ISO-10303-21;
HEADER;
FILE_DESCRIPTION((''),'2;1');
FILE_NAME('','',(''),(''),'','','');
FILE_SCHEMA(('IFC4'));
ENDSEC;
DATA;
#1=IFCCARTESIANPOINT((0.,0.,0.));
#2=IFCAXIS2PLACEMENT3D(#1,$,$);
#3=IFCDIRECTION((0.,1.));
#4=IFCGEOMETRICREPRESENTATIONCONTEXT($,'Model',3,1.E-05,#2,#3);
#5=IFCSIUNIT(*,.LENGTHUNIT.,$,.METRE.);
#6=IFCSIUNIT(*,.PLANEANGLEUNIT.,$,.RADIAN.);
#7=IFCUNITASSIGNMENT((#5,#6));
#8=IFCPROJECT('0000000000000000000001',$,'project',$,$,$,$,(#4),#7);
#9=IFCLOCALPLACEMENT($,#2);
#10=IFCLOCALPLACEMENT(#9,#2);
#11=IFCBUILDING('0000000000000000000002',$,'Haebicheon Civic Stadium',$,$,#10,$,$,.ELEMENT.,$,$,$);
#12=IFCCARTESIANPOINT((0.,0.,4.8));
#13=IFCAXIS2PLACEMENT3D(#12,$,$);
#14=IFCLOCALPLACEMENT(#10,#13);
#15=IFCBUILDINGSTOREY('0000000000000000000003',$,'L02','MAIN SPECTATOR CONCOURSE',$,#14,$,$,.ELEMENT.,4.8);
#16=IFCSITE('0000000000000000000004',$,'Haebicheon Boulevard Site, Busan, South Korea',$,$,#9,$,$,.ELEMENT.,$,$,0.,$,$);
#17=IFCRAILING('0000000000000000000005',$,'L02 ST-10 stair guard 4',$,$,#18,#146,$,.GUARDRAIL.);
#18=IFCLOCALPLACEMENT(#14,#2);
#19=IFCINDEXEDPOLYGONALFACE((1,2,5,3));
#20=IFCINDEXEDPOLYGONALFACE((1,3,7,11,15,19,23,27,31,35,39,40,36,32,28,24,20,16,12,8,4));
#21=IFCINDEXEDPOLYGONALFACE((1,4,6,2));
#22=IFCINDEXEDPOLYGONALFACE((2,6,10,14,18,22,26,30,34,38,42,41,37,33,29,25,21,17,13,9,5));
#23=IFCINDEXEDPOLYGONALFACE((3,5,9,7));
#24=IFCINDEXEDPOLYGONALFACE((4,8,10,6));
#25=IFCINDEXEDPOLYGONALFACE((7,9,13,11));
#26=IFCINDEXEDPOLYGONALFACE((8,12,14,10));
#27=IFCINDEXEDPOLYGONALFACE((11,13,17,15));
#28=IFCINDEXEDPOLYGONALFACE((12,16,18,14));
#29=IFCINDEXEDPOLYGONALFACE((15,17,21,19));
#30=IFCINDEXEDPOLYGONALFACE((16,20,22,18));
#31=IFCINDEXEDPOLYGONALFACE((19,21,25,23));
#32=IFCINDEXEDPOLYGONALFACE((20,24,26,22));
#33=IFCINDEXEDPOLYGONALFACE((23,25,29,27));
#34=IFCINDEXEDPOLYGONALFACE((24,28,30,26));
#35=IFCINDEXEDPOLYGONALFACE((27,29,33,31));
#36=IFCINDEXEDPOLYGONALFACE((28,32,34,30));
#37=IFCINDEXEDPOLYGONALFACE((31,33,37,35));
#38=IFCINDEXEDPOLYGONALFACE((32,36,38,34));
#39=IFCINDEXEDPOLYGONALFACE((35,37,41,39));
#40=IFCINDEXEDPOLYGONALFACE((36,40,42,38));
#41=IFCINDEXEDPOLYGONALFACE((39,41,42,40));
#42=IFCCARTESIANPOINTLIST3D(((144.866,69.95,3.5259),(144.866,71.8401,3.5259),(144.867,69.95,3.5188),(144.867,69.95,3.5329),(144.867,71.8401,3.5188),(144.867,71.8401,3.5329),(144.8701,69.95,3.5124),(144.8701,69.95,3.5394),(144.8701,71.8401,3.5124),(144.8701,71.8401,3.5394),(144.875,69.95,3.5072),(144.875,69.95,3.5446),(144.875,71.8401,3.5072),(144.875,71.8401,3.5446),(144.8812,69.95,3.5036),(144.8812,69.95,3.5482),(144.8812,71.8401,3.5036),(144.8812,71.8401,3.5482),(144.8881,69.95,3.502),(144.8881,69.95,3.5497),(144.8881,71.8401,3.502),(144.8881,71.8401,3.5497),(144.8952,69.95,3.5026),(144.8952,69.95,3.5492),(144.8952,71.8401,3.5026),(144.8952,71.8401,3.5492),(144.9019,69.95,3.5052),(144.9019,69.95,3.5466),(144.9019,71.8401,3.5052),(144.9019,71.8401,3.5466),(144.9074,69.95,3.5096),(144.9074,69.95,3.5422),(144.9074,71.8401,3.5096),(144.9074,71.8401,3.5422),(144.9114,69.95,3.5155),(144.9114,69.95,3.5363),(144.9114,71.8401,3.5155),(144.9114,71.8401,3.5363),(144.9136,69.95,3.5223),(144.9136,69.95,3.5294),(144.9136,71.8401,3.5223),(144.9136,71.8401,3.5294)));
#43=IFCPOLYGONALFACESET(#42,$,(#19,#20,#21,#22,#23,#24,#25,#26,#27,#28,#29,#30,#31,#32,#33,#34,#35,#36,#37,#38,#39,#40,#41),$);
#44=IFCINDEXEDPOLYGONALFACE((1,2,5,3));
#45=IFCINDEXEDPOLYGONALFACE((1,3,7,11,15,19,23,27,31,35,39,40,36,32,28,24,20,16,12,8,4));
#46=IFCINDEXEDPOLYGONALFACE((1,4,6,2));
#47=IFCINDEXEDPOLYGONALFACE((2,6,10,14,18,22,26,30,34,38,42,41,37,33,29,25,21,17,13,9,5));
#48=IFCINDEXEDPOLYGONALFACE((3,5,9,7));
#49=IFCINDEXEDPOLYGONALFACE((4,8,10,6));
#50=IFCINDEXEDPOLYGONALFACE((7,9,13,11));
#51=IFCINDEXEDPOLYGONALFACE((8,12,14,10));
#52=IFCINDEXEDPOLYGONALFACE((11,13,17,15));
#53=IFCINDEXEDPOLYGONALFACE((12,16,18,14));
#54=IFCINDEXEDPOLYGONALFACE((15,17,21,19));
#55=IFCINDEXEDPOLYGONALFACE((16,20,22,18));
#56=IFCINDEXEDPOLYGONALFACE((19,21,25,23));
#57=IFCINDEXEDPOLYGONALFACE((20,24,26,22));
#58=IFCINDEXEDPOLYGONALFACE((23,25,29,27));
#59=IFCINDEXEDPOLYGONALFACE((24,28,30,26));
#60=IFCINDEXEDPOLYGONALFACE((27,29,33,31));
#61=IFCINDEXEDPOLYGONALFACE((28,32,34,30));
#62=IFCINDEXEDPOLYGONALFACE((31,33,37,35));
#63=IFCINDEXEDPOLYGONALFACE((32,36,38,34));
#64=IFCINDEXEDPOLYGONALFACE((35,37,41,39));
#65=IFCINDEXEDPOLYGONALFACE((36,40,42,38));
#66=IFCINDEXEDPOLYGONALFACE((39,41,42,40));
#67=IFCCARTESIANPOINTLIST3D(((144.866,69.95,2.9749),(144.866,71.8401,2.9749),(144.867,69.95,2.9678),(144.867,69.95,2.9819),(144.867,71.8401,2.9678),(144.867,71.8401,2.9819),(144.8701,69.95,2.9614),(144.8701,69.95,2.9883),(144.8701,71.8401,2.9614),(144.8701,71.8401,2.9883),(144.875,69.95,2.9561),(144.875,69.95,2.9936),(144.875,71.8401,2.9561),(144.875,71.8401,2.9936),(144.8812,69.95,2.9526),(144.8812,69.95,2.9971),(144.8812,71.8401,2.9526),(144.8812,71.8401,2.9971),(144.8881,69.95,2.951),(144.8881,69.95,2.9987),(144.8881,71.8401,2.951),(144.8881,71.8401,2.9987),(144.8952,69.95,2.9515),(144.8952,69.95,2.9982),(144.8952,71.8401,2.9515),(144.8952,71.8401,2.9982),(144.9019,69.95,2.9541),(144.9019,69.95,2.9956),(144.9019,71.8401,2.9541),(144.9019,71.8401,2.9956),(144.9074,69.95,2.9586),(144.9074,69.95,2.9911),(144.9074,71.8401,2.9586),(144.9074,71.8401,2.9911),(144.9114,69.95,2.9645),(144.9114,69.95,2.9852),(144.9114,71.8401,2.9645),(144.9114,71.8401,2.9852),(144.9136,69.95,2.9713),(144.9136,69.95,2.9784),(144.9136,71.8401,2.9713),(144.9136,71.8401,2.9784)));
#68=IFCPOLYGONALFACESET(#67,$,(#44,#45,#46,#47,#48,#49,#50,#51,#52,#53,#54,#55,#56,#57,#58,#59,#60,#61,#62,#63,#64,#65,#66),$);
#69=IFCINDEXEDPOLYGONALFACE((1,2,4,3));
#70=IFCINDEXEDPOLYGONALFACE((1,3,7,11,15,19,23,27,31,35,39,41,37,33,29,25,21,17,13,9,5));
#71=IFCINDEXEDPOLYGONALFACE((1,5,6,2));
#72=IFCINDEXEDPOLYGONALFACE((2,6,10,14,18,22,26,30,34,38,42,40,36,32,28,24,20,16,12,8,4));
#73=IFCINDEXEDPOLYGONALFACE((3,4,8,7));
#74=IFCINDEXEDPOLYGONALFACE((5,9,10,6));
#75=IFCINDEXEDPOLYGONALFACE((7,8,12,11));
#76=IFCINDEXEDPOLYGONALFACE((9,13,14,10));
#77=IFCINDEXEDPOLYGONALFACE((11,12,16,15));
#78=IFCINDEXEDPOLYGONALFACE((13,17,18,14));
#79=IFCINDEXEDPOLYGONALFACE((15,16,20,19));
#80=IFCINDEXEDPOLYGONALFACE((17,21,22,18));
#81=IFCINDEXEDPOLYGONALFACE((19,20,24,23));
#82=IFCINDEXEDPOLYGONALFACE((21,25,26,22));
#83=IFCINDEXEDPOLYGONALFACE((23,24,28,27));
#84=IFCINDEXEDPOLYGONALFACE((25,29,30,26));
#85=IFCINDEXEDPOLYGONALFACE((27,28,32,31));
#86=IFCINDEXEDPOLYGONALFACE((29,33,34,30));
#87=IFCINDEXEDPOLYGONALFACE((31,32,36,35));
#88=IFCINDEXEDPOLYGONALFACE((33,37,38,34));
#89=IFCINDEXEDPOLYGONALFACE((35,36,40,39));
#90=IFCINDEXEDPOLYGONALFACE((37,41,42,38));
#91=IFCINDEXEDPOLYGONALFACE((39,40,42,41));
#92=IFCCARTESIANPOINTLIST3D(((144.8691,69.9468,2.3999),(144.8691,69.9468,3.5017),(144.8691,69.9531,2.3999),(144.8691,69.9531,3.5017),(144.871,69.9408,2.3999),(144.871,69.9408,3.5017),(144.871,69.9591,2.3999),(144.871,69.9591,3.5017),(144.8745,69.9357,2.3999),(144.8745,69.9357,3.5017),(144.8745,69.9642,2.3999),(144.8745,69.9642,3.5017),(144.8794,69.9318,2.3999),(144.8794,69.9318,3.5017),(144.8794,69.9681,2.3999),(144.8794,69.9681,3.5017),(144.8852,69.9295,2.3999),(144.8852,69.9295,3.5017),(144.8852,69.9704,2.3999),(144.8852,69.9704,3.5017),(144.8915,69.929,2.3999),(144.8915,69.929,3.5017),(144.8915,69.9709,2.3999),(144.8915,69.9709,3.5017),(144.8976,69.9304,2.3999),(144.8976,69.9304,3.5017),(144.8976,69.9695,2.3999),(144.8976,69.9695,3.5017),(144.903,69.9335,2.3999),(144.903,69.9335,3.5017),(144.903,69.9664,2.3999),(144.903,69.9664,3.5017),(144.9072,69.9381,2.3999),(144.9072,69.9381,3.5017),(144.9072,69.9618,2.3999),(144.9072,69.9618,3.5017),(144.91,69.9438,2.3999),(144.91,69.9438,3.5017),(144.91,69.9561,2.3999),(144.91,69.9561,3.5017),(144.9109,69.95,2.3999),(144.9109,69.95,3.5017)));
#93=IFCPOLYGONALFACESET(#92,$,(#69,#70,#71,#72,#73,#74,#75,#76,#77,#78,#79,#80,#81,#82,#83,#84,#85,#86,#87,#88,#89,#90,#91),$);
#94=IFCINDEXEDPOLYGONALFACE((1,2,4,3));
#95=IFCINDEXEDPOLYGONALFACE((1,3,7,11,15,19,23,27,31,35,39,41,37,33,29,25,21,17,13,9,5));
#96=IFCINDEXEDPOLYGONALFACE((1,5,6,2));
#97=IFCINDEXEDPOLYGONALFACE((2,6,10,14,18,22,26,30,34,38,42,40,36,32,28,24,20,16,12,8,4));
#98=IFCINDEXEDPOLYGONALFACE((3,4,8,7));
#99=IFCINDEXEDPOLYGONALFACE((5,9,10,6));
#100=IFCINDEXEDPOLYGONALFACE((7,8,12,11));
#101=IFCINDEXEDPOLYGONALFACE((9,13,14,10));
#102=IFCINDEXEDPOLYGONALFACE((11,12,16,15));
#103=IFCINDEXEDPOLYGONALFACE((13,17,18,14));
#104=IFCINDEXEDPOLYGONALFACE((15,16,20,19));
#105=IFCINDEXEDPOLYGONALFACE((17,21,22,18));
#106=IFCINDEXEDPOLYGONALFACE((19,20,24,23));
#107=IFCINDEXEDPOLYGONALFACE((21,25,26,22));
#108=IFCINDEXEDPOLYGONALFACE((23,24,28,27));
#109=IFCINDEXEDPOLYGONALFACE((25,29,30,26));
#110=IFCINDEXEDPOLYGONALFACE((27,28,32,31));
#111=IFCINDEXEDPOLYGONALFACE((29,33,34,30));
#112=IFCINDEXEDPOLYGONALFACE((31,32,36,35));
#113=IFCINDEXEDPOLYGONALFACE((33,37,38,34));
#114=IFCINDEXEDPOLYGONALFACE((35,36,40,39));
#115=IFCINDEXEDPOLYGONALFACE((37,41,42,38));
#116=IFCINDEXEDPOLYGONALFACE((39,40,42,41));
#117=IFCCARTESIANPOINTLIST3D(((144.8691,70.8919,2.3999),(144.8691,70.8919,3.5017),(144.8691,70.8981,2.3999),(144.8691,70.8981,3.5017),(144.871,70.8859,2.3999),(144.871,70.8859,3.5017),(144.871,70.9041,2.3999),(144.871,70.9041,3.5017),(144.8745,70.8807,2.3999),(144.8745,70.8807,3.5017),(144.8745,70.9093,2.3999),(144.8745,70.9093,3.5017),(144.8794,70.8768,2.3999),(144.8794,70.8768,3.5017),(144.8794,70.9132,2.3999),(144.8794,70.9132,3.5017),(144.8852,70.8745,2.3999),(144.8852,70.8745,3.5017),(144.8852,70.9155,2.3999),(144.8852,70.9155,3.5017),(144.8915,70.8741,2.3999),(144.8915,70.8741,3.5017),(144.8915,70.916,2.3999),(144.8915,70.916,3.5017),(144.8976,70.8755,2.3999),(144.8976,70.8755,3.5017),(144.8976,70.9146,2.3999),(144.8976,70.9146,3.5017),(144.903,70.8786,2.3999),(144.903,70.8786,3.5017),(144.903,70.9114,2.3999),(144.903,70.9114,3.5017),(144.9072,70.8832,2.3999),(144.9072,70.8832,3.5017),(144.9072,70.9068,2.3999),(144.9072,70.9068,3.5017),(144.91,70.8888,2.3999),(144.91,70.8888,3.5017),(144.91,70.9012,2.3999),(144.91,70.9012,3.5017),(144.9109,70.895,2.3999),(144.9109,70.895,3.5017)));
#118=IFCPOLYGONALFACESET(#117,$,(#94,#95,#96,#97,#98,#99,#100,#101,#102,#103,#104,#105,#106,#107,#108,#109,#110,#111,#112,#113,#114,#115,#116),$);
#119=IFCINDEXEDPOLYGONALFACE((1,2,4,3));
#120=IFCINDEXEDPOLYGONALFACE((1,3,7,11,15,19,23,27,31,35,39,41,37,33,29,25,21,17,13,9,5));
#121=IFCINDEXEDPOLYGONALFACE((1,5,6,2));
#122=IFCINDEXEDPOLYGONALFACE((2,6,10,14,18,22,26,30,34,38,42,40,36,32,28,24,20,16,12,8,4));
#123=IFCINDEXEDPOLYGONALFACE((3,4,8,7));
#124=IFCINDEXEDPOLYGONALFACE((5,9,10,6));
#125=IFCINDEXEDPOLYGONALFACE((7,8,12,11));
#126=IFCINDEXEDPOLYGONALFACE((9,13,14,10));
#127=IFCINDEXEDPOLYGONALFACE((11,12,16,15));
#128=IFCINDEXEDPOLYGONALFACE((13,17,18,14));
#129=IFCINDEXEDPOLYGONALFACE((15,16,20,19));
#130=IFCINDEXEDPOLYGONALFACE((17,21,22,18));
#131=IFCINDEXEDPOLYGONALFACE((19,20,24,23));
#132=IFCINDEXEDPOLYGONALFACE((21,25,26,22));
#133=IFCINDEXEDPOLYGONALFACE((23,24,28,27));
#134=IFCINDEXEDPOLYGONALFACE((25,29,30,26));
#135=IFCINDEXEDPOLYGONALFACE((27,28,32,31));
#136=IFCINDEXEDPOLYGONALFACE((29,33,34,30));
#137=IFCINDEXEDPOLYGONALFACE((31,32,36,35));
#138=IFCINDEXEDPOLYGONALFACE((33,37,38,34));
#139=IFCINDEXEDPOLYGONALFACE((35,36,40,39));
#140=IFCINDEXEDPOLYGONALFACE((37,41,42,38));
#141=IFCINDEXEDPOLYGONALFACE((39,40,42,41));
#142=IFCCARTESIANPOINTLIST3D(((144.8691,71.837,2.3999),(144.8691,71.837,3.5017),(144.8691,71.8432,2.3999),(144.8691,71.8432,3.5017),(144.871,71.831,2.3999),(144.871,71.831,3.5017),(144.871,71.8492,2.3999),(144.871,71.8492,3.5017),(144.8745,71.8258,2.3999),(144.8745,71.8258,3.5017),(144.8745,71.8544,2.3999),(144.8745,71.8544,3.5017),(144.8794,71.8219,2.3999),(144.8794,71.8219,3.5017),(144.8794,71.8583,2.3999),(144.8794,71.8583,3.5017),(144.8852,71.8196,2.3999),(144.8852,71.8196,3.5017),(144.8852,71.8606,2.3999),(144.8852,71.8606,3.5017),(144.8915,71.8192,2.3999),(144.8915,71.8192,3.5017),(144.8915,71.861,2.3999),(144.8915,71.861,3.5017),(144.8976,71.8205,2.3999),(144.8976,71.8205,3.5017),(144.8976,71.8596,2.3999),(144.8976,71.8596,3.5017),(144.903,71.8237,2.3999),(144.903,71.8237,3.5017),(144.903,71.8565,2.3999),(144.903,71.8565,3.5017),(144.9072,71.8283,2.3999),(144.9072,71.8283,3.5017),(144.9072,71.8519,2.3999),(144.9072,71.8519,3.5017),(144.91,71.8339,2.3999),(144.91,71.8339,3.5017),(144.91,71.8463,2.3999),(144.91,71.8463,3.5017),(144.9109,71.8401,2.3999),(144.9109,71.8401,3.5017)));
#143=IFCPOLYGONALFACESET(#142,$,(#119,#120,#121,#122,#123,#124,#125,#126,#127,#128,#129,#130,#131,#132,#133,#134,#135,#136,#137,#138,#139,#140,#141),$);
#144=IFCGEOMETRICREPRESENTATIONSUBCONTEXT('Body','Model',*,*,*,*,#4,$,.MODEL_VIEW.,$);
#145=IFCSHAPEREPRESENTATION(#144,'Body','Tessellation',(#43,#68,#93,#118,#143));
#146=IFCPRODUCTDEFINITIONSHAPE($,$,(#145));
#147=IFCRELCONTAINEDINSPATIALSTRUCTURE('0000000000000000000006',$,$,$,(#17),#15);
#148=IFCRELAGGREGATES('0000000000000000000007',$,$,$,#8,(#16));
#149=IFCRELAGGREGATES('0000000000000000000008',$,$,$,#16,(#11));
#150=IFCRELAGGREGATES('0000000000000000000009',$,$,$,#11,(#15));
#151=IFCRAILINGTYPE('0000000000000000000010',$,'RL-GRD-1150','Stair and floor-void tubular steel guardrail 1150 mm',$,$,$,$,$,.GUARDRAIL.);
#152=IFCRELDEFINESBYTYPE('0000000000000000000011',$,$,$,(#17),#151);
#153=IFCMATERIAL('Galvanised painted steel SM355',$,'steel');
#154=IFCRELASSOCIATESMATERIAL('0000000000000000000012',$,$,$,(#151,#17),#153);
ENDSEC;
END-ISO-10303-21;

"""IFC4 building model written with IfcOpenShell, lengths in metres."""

from ifc_helpers import new_model, si_unit, direction, frame, origin, origin_2d, place, context, subcontext, project, spatial, circle, extrude, material, type_object, element, save


model = new_model("IFC4")

# Units and contexts
model_context = context("Model", 3, precision=1e-05, world=origin(), true_north=direction((0.0, 1.0)))
body_context = subcontext(model_context, "Body", "Model", "MODEL_VIEW")
ifc_project = project(units=[si_unit("LENGTHUNIT", "METRE"), si_unit("PLANEANGLEUNIT", "RADIAN")], contexts=[model_context])

# Site, building, storey
site_placement = place(None, origin())
site = spatial("IfcSite", under=ifc_project, at=site_placement, Name="Haebicheon Boulevard Site, Busan, South Korea", CompositionType="ELEMENT", RefElevation=0.0)
building_placement = place(site_placement, origin())
building = spatial("IfcBuilding", under=site, at=building_placement, Name="Haebicheon Civic Stadium", CompositionType="ELEMENT")
storey_placement = place(building_placement, frame((0.0, 0.0, 4.8)))
storey = spatial("IfcBuildingStorey", under=building, at=storey_placement, Name="L02", Description="MAIN SPECTATOR CONCOURSE", CompositionType="ELEMENT", Elevation=4.8)

# Railing
ifc_material_1 = material(Name="Galvanised painted steel SM355", Category="steel")
railing_type_1 = type_object("IfcRailingType", Name="RL-GRD-1150", Description="Stair and floor-void tubular steel guardrail 1150 mm", PredefinedType="GUARDRAIL", material=ifc_material_1)
railing_1_placement = place(storey_placement, frame((144.8899, 69.95, 2.3999)))
element("IfcRailing", 1, at=railing_1_placement, inside=storey, type_object=railing_type_1, material=ifc_material_1, Name="L02 ST-10 stair guard 4", PredefinedType="GUARDRAIL", context=body_context, shape_type="SweptSolid", body=[
    extrude(circle(Radius=0.0239, at=origin_2d()), frame((0.0, 0.0, 1.126), z_axis=(0.0, 1.0, 0.0), x_axis=(-1.0, 0.0, 0.0)), (0.0, 0.0, 1.0), 1.8901),
    extrude(circle(Radius=0.0239, at=origin_2d()), frame((0.0, 0.0, 0.575), z_axis=(0.0, 1.0, 0.0), x_axis=(-1.0, 0.0, 0.0)), (0.0, 0.0, 1.0), 1.8901),
    extrude(circle(Radius=0.021, at=origin_2d()), origin(), (0.0, 0.0, 1.0), 1.1018),
    extrude(circle(Radius=0.021, at=origin_2d()), frame((0.0, 0.9451, 0.0)), (0.0, 0.0, 1.0), 1.1018),
    extrude(circle(Radius=0.021, at=origin_2d()), frame((0.0, 1.8901, 0.0)), (0.0, 0.0, 1.0), 1.1018),
])

save(model, "model.ifc")
